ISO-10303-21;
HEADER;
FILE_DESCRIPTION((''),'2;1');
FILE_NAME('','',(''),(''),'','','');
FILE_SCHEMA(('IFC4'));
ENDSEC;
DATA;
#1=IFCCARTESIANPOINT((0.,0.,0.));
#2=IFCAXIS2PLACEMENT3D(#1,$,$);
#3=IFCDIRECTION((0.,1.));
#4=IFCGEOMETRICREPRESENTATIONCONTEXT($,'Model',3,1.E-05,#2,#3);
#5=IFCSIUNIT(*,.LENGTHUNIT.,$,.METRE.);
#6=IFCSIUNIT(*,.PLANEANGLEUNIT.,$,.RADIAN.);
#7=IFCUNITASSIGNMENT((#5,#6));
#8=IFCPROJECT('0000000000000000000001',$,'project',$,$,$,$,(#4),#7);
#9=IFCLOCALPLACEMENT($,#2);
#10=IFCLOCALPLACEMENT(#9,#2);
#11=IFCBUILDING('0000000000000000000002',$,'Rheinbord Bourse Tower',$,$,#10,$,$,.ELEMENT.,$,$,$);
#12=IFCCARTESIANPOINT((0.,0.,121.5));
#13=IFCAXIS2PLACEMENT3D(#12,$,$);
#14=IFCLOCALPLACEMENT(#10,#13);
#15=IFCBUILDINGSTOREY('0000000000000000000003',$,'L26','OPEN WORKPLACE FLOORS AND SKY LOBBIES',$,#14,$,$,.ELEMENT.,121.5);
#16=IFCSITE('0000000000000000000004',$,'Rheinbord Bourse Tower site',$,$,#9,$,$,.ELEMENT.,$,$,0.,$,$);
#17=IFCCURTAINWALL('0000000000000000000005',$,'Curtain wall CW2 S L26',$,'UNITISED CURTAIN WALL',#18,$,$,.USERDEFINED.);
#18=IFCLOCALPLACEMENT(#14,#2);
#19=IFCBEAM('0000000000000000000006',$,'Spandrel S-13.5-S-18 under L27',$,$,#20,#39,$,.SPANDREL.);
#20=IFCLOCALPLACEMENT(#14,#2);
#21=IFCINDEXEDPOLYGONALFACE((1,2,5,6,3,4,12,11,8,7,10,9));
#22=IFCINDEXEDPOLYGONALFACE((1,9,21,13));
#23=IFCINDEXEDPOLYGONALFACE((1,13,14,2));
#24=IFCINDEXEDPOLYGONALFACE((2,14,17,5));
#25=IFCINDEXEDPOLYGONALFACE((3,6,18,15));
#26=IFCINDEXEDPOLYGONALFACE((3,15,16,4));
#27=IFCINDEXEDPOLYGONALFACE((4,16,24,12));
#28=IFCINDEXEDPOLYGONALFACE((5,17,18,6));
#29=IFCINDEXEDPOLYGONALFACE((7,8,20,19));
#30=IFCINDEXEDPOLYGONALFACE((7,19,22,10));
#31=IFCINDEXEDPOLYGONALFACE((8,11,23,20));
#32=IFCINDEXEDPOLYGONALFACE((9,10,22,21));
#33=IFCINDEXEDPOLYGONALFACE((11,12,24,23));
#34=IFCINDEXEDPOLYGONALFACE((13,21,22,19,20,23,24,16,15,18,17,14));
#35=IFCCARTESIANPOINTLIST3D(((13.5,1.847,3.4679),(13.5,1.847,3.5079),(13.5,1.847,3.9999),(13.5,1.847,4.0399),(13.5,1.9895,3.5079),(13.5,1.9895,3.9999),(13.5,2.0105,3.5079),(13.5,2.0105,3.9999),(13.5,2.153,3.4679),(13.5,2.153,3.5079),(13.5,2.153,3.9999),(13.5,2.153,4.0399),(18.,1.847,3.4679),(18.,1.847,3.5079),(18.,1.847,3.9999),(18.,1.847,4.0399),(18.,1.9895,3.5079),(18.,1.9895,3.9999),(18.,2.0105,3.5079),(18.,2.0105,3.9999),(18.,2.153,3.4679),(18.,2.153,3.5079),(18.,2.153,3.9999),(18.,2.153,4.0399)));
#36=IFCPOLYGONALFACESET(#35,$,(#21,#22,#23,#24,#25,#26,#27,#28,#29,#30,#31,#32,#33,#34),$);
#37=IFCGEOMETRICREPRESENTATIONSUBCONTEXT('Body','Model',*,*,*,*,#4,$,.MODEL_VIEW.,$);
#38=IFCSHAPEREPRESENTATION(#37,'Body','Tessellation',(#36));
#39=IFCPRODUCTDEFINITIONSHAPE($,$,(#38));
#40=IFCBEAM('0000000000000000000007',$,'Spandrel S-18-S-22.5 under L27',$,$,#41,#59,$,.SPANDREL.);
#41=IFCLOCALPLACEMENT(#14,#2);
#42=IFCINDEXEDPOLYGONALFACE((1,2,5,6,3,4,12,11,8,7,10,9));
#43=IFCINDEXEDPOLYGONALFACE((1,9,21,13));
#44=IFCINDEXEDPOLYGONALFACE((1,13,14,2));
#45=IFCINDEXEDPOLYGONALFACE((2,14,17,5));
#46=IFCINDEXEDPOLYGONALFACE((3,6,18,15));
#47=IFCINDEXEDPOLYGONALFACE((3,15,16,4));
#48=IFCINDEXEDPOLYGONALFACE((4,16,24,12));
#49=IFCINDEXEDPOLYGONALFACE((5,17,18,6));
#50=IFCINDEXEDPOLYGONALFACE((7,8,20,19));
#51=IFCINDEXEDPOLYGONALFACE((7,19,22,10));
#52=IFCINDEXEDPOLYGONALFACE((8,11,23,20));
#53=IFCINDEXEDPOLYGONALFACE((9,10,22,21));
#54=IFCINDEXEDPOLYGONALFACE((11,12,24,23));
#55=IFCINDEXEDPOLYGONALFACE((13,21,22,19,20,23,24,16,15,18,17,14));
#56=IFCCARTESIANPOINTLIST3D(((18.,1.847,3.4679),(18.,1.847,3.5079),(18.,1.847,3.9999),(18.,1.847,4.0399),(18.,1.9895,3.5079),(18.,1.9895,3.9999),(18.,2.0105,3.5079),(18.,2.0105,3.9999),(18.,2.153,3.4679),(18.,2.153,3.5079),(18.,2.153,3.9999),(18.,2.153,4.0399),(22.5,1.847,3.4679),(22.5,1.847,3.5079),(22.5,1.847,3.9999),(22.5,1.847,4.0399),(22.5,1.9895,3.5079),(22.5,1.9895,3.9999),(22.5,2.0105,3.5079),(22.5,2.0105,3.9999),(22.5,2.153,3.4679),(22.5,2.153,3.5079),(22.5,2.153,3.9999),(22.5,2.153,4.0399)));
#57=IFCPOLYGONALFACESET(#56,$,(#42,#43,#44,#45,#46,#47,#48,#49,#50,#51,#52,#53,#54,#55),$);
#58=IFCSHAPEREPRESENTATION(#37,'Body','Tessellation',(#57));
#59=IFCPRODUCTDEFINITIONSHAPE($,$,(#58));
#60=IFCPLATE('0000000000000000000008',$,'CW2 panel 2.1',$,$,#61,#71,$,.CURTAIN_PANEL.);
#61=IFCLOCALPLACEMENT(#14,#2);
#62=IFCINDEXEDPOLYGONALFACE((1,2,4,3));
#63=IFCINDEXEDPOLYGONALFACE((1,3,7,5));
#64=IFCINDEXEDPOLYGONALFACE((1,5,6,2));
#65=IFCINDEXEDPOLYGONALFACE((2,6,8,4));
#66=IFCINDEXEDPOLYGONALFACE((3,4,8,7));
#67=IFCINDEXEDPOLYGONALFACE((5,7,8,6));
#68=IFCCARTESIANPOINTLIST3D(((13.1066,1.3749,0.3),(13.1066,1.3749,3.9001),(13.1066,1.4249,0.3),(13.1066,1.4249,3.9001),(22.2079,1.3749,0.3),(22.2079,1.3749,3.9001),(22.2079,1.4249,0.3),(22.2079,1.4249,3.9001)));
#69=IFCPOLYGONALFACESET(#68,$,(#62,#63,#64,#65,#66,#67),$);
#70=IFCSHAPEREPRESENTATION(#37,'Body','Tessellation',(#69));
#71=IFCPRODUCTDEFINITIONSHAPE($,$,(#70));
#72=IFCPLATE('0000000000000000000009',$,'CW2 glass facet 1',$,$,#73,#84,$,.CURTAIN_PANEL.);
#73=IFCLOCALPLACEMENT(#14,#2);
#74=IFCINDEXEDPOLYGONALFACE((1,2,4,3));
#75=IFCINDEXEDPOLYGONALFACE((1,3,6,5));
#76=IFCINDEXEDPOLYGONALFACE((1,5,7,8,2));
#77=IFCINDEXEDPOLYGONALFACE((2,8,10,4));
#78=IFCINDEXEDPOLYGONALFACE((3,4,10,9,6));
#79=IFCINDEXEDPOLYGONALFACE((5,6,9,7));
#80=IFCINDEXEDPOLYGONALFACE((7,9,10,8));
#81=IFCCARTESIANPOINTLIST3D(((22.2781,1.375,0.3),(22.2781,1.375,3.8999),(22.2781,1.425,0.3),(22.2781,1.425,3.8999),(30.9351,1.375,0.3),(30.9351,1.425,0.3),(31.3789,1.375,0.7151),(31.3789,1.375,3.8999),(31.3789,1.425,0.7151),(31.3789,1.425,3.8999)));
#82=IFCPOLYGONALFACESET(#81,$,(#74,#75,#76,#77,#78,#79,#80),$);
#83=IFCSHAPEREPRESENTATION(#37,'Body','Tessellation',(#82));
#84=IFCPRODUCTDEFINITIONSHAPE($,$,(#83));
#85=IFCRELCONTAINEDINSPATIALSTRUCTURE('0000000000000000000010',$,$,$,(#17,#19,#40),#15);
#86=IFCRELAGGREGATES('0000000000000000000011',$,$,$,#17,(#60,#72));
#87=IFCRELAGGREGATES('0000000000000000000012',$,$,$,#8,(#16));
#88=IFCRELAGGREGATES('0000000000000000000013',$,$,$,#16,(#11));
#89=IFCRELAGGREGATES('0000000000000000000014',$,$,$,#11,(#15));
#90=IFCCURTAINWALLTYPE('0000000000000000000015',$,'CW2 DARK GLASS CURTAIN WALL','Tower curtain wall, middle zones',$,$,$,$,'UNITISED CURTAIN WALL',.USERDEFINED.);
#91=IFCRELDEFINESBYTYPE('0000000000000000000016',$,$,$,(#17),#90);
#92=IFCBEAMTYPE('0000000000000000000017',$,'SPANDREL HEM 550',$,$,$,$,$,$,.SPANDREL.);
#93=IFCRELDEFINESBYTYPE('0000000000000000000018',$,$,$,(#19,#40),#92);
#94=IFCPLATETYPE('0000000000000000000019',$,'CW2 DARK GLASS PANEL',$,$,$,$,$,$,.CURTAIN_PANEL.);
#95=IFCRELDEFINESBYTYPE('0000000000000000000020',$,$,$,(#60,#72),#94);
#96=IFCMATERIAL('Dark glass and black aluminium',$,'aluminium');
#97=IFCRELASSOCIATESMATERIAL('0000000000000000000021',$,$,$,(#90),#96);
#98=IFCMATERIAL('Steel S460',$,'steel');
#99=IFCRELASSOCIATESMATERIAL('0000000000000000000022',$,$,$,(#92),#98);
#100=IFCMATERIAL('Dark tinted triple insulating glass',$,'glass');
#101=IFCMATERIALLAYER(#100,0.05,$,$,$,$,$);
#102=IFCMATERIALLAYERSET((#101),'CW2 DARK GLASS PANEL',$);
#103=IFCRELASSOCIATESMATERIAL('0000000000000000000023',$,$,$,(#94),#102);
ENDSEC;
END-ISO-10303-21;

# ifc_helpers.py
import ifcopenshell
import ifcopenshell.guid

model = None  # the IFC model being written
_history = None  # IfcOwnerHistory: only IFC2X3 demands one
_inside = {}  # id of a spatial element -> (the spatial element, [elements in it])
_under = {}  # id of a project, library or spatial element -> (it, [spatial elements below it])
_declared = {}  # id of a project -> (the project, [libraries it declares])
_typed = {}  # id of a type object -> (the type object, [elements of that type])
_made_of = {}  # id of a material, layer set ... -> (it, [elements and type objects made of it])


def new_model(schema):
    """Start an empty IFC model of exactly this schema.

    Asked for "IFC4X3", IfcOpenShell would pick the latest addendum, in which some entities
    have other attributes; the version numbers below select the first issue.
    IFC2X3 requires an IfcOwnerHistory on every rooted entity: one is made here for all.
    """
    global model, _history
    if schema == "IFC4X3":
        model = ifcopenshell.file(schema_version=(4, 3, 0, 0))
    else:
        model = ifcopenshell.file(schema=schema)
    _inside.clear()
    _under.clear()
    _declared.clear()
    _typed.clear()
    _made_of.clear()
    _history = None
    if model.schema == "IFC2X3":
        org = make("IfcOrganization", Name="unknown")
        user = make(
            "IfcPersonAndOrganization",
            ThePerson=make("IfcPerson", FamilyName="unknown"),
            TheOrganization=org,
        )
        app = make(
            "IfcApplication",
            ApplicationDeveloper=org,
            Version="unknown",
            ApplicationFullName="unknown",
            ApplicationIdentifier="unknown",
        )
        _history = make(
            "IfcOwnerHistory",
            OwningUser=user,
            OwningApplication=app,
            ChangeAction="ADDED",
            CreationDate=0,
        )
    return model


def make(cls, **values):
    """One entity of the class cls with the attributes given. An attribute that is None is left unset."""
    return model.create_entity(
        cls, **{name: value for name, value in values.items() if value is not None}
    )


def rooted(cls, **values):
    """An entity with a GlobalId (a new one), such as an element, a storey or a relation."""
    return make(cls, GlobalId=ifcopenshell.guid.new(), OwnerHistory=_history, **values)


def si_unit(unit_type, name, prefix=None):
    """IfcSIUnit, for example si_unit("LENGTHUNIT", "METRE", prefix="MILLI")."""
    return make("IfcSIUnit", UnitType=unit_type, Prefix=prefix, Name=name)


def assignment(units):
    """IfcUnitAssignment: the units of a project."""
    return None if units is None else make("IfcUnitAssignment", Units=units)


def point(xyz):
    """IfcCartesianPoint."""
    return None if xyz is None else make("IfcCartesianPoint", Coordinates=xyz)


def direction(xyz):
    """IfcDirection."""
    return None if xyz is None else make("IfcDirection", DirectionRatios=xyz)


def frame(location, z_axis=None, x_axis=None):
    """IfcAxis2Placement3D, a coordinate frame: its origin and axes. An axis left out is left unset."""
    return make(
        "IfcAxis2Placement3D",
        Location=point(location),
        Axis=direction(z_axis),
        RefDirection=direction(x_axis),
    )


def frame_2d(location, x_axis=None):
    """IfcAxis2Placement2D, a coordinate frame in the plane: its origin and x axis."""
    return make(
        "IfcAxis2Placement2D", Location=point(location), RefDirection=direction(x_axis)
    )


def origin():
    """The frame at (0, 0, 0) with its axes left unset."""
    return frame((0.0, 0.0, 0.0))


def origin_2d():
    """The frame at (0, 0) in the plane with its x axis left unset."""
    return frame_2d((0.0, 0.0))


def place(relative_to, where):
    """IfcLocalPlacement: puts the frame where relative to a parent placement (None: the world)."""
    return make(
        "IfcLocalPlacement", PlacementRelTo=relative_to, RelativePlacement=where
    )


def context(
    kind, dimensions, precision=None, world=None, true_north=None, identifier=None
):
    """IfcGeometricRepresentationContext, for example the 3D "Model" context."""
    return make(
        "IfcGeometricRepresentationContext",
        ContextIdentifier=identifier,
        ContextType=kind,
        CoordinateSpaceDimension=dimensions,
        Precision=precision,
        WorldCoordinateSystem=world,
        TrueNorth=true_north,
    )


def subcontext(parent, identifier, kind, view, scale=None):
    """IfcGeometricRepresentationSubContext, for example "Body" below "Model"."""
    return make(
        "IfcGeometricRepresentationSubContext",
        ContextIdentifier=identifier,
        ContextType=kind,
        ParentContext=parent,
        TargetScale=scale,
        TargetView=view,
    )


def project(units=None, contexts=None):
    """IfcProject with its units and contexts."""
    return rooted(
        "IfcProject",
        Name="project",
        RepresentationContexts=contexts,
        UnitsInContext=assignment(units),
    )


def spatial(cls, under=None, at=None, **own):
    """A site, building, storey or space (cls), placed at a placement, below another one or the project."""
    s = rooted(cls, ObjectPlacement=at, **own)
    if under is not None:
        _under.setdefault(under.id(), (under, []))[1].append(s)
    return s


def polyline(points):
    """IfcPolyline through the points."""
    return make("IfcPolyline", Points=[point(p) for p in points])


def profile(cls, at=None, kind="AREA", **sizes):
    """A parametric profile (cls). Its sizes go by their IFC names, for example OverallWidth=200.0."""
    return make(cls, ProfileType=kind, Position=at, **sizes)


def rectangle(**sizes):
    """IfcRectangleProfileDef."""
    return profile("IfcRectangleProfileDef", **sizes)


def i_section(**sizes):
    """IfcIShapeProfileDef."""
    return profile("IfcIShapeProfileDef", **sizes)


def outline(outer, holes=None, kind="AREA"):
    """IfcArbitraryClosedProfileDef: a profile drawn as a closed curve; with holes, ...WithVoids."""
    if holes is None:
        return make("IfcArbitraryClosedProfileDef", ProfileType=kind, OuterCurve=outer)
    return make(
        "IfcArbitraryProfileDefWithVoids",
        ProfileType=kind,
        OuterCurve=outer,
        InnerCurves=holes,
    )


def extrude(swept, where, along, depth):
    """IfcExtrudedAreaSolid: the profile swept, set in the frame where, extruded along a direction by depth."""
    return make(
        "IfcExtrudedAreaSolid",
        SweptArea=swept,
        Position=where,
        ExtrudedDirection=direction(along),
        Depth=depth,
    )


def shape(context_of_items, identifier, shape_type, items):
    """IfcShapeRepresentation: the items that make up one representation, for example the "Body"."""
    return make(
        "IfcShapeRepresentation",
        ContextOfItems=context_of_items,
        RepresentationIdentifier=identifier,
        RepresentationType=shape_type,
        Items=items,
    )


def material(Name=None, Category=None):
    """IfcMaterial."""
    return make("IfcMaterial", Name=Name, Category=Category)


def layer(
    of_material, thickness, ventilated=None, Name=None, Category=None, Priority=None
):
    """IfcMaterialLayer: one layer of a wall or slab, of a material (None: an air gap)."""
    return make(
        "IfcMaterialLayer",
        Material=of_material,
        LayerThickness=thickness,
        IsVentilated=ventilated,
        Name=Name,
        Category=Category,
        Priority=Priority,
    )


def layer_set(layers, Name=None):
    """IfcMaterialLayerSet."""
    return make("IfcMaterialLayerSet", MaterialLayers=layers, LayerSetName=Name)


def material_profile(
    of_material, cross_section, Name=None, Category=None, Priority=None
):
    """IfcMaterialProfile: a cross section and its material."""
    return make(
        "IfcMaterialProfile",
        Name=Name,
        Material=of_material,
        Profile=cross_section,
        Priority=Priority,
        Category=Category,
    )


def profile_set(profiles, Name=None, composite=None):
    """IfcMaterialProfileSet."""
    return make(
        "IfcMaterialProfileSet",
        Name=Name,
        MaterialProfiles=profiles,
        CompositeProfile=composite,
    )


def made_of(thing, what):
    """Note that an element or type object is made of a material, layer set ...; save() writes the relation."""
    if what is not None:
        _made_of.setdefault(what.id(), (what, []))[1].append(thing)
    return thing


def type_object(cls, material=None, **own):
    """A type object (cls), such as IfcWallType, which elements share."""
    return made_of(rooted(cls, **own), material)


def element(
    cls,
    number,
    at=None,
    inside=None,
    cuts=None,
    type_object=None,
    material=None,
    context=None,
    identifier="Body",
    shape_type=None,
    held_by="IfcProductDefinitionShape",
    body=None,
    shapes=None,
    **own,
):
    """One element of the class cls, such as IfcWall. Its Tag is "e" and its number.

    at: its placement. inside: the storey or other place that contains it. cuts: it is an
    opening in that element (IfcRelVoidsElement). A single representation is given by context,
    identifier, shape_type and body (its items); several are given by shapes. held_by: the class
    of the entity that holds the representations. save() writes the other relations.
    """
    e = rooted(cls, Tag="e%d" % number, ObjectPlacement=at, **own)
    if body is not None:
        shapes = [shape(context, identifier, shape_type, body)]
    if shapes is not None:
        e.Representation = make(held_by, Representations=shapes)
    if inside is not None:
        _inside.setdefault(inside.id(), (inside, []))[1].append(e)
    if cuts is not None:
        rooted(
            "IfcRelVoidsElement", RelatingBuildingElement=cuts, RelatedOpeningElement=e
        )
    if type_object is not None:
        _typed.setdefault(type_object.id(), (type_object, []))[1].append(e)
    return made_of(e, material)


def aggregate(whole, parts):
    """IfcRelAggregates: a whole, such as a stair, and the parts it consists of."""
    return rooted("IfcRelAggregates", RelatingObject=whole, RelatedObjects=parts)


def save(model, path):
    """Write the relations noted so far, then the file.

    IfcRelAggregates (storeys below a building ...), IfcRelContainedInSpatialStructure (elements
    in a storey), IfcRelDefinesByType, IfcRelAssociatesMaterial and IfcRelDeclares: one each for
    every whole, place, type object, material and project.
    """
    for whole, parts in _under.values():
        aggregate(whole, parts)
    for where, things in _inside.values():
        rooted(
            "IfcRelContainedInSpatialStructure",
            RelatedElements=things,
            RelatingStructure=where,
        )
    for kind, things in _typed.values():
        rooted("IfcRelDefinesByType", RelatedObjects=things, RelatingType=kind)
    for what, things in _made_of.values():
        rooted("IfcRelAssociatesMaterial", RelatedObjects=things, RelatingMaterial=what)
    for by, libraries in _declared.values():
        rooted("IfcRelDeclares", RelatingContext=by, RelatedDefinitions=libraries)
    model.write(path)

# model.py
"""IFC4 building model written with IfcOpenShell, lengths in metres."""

from ifc_helpers import new_model, si_unit, direction, frame, origin, origin_2d, place, context, subcontext, project, spatial, polyline, rectangle, i_section, outline, extrude, material, layer, layer_set, material_profile, profile_set, type_object, element, aggregate, save


model = new_model("IFC4")

# Units and contexts
model_context = context("Model", 3, precision=1e-05, world=origin(), true_north=direction((0.0, 1.0)))
body_context = subcontext(model_context, "Body", "Model", "MODEL_VIEW")
ifc_project = project(units=[si_unit("LENGTHUNIT", "METRE"), si_unit("PLANEANGLEUNIT", "RADIAN")], contexts=[model_context])

# Site, building, storey
site_placement = place(None, origin())
site = spatial("IfcSite", under=ifc_project, at=site_placement, Name="Rheinbord Bourse Tower site", CompositionType="ELEMENT", RefElevation=0.0)
building_placement = place(site_placement, origin())
building = spatial("IfcBuilding", under=site, at=building_placement, Name="Rheinbord Bourse Tower", CompositionType="ELEMENT")
storey_placement = place(building_placement, frame((0.0, 0.0, 121.5)))
storey = spatial("IfcBuildingStorey", under=building, at=storey_placement, Name="L26", Description="OPEN WORKPLACE FLOORS AND SKY LOBBIES", CompositionType="ELEMENT", Elevation=121.5)

# Curtain wall
ifc_material_1 = material(Name="Dark glass and black aluminium", Category="aluminium")
curtain_wall_type = type_object("IfcCurtainWallType", Name="CW2 DARK GLASS CURTAIN WALL", Description="Tower curtain wall, middle zones", ElementType="UNITISED CURTAIN WALL", PredefinedType="USERDEFINED", material=ifc_material_1)
curtain_wall_placement = place(storey_placement, origin())
curtain_wall = element("IfcCurtainWall", 1, at=curtain_wall_placement, inside=storey, type_object=curtain_wall_type, Name="Curtain wall CW2 S L26", ObjectType="UNITISED CURTAIN WALL", PredefinedType="USERDEFINED")

# Beams
ifc_material_2 = material(Name="Steel S460", Category="steel")
ifc_material_profile_1 = material_profile(ifc_material_2, i_section(OverallWidth=0.3059, OverallDepth=0.572, WebThickness=0.021, FlangeThickness=0.04, at=origin_2d()), Name="HEM 550")
ifc_profile_set_1 = profile_set([ifc_material_profile_1], Name="Steel S460")
beam_type_1 = type_object("IfcBeamType", Name="SPANDREL HEM 550", PredefinedType="SPANDREL", material=ifc_profile_set_1)
for number, where, z_axis, x_axis, name in (
    (2, (13.5, 2.0, 3.7539), (1.0, 0.0, 0.0), (0.0, 1.0, 0.0), "Spandrel S-13.5-S-18 under L27"),
    (3, (18.0, 2.0, 3.7539), (1.0, 0.0, 0.0), (0.0, 1.0, 0.0), "Spandrel S-18-S-22.5 under L27"),
):
    element("IfcBeam", number, at=place(storey_placement, frame(where, z_axis=z_axis, x_axis=x_axis)), inside=storey, type_object=beam_type_1, Name=name, PredefinedType="SPANDREL", context=body_context, shape_type="SweptSolid", body=[
        extrude(i_section(OverallWidth=0.3059, OverallDepth=0.572, WebThickness=0.021, FlangeThickness=0.04, at=origin_2d()), origin(), (0.0, 0.0, 1.0), 4.5),
    ])

# Plates
ifc_material_3 = material(Name="Dark tinted triple insulating glass", Category="glass")
ifc_layer = layer(ifc_material_3, 0.05)
ifc_layer_set = layer_set([ifc_layer], Name="CW2 DARK GLASS PANEL")
plate_type = type_object("IfcPlateType", Name="CW2 DARK GLASS PANEL", PredefinedType="CURTAIN_PANEL", material=ifc_layer_set)
plate_1_placement = place(storey_placement, frame((17.6572, 1.3999, 0.3), z_axis=(0.0, 0.0, 1.0), x_axis=(1.0, 0.0, 0.0)))
plate_1 = element("IfcPlate", 4, at=plate_1_placement, type_object=plate_type, Name="CW2 panel 2.1", PredefinedType="CURTAIN_PANEL", context=body_context, shape_type="SweptSolid", body=[
    extrude(rectangle(XDim=9.1013, YDim=0.05, at=origin_2d()), origin(), (0.0, 0.0, 1.0), 3.6001),
])
plate_2_placement = place(storey_placement, frame((22.2781, 1.375, 0.3), z_axis=(0.0, 1.0, 0.0), x_axis=(0.0, 0.0, 1.0)))
plate_2 = element("IfcPlate", 5, at=plate_2_placement, type_object=plate_type, Name="CW2 glass facet 1", PredefinedType="CURTAIN_PANEL", context=body_context, shape_type="SweptSolid", body=[
    extrude(outline(polyline([(0.0, 0.0), (3.5999, 0.0), (3.5999, 9.1008), (0.415, 9.1008), (0.0, 8.657), (0.0, 0.0)])), origin(), (0.0, 0.0, 1.0), 0.05),
])
aggregate(curtain_wall, [plate_1, plate_2])

save(model, "model.ifc")
